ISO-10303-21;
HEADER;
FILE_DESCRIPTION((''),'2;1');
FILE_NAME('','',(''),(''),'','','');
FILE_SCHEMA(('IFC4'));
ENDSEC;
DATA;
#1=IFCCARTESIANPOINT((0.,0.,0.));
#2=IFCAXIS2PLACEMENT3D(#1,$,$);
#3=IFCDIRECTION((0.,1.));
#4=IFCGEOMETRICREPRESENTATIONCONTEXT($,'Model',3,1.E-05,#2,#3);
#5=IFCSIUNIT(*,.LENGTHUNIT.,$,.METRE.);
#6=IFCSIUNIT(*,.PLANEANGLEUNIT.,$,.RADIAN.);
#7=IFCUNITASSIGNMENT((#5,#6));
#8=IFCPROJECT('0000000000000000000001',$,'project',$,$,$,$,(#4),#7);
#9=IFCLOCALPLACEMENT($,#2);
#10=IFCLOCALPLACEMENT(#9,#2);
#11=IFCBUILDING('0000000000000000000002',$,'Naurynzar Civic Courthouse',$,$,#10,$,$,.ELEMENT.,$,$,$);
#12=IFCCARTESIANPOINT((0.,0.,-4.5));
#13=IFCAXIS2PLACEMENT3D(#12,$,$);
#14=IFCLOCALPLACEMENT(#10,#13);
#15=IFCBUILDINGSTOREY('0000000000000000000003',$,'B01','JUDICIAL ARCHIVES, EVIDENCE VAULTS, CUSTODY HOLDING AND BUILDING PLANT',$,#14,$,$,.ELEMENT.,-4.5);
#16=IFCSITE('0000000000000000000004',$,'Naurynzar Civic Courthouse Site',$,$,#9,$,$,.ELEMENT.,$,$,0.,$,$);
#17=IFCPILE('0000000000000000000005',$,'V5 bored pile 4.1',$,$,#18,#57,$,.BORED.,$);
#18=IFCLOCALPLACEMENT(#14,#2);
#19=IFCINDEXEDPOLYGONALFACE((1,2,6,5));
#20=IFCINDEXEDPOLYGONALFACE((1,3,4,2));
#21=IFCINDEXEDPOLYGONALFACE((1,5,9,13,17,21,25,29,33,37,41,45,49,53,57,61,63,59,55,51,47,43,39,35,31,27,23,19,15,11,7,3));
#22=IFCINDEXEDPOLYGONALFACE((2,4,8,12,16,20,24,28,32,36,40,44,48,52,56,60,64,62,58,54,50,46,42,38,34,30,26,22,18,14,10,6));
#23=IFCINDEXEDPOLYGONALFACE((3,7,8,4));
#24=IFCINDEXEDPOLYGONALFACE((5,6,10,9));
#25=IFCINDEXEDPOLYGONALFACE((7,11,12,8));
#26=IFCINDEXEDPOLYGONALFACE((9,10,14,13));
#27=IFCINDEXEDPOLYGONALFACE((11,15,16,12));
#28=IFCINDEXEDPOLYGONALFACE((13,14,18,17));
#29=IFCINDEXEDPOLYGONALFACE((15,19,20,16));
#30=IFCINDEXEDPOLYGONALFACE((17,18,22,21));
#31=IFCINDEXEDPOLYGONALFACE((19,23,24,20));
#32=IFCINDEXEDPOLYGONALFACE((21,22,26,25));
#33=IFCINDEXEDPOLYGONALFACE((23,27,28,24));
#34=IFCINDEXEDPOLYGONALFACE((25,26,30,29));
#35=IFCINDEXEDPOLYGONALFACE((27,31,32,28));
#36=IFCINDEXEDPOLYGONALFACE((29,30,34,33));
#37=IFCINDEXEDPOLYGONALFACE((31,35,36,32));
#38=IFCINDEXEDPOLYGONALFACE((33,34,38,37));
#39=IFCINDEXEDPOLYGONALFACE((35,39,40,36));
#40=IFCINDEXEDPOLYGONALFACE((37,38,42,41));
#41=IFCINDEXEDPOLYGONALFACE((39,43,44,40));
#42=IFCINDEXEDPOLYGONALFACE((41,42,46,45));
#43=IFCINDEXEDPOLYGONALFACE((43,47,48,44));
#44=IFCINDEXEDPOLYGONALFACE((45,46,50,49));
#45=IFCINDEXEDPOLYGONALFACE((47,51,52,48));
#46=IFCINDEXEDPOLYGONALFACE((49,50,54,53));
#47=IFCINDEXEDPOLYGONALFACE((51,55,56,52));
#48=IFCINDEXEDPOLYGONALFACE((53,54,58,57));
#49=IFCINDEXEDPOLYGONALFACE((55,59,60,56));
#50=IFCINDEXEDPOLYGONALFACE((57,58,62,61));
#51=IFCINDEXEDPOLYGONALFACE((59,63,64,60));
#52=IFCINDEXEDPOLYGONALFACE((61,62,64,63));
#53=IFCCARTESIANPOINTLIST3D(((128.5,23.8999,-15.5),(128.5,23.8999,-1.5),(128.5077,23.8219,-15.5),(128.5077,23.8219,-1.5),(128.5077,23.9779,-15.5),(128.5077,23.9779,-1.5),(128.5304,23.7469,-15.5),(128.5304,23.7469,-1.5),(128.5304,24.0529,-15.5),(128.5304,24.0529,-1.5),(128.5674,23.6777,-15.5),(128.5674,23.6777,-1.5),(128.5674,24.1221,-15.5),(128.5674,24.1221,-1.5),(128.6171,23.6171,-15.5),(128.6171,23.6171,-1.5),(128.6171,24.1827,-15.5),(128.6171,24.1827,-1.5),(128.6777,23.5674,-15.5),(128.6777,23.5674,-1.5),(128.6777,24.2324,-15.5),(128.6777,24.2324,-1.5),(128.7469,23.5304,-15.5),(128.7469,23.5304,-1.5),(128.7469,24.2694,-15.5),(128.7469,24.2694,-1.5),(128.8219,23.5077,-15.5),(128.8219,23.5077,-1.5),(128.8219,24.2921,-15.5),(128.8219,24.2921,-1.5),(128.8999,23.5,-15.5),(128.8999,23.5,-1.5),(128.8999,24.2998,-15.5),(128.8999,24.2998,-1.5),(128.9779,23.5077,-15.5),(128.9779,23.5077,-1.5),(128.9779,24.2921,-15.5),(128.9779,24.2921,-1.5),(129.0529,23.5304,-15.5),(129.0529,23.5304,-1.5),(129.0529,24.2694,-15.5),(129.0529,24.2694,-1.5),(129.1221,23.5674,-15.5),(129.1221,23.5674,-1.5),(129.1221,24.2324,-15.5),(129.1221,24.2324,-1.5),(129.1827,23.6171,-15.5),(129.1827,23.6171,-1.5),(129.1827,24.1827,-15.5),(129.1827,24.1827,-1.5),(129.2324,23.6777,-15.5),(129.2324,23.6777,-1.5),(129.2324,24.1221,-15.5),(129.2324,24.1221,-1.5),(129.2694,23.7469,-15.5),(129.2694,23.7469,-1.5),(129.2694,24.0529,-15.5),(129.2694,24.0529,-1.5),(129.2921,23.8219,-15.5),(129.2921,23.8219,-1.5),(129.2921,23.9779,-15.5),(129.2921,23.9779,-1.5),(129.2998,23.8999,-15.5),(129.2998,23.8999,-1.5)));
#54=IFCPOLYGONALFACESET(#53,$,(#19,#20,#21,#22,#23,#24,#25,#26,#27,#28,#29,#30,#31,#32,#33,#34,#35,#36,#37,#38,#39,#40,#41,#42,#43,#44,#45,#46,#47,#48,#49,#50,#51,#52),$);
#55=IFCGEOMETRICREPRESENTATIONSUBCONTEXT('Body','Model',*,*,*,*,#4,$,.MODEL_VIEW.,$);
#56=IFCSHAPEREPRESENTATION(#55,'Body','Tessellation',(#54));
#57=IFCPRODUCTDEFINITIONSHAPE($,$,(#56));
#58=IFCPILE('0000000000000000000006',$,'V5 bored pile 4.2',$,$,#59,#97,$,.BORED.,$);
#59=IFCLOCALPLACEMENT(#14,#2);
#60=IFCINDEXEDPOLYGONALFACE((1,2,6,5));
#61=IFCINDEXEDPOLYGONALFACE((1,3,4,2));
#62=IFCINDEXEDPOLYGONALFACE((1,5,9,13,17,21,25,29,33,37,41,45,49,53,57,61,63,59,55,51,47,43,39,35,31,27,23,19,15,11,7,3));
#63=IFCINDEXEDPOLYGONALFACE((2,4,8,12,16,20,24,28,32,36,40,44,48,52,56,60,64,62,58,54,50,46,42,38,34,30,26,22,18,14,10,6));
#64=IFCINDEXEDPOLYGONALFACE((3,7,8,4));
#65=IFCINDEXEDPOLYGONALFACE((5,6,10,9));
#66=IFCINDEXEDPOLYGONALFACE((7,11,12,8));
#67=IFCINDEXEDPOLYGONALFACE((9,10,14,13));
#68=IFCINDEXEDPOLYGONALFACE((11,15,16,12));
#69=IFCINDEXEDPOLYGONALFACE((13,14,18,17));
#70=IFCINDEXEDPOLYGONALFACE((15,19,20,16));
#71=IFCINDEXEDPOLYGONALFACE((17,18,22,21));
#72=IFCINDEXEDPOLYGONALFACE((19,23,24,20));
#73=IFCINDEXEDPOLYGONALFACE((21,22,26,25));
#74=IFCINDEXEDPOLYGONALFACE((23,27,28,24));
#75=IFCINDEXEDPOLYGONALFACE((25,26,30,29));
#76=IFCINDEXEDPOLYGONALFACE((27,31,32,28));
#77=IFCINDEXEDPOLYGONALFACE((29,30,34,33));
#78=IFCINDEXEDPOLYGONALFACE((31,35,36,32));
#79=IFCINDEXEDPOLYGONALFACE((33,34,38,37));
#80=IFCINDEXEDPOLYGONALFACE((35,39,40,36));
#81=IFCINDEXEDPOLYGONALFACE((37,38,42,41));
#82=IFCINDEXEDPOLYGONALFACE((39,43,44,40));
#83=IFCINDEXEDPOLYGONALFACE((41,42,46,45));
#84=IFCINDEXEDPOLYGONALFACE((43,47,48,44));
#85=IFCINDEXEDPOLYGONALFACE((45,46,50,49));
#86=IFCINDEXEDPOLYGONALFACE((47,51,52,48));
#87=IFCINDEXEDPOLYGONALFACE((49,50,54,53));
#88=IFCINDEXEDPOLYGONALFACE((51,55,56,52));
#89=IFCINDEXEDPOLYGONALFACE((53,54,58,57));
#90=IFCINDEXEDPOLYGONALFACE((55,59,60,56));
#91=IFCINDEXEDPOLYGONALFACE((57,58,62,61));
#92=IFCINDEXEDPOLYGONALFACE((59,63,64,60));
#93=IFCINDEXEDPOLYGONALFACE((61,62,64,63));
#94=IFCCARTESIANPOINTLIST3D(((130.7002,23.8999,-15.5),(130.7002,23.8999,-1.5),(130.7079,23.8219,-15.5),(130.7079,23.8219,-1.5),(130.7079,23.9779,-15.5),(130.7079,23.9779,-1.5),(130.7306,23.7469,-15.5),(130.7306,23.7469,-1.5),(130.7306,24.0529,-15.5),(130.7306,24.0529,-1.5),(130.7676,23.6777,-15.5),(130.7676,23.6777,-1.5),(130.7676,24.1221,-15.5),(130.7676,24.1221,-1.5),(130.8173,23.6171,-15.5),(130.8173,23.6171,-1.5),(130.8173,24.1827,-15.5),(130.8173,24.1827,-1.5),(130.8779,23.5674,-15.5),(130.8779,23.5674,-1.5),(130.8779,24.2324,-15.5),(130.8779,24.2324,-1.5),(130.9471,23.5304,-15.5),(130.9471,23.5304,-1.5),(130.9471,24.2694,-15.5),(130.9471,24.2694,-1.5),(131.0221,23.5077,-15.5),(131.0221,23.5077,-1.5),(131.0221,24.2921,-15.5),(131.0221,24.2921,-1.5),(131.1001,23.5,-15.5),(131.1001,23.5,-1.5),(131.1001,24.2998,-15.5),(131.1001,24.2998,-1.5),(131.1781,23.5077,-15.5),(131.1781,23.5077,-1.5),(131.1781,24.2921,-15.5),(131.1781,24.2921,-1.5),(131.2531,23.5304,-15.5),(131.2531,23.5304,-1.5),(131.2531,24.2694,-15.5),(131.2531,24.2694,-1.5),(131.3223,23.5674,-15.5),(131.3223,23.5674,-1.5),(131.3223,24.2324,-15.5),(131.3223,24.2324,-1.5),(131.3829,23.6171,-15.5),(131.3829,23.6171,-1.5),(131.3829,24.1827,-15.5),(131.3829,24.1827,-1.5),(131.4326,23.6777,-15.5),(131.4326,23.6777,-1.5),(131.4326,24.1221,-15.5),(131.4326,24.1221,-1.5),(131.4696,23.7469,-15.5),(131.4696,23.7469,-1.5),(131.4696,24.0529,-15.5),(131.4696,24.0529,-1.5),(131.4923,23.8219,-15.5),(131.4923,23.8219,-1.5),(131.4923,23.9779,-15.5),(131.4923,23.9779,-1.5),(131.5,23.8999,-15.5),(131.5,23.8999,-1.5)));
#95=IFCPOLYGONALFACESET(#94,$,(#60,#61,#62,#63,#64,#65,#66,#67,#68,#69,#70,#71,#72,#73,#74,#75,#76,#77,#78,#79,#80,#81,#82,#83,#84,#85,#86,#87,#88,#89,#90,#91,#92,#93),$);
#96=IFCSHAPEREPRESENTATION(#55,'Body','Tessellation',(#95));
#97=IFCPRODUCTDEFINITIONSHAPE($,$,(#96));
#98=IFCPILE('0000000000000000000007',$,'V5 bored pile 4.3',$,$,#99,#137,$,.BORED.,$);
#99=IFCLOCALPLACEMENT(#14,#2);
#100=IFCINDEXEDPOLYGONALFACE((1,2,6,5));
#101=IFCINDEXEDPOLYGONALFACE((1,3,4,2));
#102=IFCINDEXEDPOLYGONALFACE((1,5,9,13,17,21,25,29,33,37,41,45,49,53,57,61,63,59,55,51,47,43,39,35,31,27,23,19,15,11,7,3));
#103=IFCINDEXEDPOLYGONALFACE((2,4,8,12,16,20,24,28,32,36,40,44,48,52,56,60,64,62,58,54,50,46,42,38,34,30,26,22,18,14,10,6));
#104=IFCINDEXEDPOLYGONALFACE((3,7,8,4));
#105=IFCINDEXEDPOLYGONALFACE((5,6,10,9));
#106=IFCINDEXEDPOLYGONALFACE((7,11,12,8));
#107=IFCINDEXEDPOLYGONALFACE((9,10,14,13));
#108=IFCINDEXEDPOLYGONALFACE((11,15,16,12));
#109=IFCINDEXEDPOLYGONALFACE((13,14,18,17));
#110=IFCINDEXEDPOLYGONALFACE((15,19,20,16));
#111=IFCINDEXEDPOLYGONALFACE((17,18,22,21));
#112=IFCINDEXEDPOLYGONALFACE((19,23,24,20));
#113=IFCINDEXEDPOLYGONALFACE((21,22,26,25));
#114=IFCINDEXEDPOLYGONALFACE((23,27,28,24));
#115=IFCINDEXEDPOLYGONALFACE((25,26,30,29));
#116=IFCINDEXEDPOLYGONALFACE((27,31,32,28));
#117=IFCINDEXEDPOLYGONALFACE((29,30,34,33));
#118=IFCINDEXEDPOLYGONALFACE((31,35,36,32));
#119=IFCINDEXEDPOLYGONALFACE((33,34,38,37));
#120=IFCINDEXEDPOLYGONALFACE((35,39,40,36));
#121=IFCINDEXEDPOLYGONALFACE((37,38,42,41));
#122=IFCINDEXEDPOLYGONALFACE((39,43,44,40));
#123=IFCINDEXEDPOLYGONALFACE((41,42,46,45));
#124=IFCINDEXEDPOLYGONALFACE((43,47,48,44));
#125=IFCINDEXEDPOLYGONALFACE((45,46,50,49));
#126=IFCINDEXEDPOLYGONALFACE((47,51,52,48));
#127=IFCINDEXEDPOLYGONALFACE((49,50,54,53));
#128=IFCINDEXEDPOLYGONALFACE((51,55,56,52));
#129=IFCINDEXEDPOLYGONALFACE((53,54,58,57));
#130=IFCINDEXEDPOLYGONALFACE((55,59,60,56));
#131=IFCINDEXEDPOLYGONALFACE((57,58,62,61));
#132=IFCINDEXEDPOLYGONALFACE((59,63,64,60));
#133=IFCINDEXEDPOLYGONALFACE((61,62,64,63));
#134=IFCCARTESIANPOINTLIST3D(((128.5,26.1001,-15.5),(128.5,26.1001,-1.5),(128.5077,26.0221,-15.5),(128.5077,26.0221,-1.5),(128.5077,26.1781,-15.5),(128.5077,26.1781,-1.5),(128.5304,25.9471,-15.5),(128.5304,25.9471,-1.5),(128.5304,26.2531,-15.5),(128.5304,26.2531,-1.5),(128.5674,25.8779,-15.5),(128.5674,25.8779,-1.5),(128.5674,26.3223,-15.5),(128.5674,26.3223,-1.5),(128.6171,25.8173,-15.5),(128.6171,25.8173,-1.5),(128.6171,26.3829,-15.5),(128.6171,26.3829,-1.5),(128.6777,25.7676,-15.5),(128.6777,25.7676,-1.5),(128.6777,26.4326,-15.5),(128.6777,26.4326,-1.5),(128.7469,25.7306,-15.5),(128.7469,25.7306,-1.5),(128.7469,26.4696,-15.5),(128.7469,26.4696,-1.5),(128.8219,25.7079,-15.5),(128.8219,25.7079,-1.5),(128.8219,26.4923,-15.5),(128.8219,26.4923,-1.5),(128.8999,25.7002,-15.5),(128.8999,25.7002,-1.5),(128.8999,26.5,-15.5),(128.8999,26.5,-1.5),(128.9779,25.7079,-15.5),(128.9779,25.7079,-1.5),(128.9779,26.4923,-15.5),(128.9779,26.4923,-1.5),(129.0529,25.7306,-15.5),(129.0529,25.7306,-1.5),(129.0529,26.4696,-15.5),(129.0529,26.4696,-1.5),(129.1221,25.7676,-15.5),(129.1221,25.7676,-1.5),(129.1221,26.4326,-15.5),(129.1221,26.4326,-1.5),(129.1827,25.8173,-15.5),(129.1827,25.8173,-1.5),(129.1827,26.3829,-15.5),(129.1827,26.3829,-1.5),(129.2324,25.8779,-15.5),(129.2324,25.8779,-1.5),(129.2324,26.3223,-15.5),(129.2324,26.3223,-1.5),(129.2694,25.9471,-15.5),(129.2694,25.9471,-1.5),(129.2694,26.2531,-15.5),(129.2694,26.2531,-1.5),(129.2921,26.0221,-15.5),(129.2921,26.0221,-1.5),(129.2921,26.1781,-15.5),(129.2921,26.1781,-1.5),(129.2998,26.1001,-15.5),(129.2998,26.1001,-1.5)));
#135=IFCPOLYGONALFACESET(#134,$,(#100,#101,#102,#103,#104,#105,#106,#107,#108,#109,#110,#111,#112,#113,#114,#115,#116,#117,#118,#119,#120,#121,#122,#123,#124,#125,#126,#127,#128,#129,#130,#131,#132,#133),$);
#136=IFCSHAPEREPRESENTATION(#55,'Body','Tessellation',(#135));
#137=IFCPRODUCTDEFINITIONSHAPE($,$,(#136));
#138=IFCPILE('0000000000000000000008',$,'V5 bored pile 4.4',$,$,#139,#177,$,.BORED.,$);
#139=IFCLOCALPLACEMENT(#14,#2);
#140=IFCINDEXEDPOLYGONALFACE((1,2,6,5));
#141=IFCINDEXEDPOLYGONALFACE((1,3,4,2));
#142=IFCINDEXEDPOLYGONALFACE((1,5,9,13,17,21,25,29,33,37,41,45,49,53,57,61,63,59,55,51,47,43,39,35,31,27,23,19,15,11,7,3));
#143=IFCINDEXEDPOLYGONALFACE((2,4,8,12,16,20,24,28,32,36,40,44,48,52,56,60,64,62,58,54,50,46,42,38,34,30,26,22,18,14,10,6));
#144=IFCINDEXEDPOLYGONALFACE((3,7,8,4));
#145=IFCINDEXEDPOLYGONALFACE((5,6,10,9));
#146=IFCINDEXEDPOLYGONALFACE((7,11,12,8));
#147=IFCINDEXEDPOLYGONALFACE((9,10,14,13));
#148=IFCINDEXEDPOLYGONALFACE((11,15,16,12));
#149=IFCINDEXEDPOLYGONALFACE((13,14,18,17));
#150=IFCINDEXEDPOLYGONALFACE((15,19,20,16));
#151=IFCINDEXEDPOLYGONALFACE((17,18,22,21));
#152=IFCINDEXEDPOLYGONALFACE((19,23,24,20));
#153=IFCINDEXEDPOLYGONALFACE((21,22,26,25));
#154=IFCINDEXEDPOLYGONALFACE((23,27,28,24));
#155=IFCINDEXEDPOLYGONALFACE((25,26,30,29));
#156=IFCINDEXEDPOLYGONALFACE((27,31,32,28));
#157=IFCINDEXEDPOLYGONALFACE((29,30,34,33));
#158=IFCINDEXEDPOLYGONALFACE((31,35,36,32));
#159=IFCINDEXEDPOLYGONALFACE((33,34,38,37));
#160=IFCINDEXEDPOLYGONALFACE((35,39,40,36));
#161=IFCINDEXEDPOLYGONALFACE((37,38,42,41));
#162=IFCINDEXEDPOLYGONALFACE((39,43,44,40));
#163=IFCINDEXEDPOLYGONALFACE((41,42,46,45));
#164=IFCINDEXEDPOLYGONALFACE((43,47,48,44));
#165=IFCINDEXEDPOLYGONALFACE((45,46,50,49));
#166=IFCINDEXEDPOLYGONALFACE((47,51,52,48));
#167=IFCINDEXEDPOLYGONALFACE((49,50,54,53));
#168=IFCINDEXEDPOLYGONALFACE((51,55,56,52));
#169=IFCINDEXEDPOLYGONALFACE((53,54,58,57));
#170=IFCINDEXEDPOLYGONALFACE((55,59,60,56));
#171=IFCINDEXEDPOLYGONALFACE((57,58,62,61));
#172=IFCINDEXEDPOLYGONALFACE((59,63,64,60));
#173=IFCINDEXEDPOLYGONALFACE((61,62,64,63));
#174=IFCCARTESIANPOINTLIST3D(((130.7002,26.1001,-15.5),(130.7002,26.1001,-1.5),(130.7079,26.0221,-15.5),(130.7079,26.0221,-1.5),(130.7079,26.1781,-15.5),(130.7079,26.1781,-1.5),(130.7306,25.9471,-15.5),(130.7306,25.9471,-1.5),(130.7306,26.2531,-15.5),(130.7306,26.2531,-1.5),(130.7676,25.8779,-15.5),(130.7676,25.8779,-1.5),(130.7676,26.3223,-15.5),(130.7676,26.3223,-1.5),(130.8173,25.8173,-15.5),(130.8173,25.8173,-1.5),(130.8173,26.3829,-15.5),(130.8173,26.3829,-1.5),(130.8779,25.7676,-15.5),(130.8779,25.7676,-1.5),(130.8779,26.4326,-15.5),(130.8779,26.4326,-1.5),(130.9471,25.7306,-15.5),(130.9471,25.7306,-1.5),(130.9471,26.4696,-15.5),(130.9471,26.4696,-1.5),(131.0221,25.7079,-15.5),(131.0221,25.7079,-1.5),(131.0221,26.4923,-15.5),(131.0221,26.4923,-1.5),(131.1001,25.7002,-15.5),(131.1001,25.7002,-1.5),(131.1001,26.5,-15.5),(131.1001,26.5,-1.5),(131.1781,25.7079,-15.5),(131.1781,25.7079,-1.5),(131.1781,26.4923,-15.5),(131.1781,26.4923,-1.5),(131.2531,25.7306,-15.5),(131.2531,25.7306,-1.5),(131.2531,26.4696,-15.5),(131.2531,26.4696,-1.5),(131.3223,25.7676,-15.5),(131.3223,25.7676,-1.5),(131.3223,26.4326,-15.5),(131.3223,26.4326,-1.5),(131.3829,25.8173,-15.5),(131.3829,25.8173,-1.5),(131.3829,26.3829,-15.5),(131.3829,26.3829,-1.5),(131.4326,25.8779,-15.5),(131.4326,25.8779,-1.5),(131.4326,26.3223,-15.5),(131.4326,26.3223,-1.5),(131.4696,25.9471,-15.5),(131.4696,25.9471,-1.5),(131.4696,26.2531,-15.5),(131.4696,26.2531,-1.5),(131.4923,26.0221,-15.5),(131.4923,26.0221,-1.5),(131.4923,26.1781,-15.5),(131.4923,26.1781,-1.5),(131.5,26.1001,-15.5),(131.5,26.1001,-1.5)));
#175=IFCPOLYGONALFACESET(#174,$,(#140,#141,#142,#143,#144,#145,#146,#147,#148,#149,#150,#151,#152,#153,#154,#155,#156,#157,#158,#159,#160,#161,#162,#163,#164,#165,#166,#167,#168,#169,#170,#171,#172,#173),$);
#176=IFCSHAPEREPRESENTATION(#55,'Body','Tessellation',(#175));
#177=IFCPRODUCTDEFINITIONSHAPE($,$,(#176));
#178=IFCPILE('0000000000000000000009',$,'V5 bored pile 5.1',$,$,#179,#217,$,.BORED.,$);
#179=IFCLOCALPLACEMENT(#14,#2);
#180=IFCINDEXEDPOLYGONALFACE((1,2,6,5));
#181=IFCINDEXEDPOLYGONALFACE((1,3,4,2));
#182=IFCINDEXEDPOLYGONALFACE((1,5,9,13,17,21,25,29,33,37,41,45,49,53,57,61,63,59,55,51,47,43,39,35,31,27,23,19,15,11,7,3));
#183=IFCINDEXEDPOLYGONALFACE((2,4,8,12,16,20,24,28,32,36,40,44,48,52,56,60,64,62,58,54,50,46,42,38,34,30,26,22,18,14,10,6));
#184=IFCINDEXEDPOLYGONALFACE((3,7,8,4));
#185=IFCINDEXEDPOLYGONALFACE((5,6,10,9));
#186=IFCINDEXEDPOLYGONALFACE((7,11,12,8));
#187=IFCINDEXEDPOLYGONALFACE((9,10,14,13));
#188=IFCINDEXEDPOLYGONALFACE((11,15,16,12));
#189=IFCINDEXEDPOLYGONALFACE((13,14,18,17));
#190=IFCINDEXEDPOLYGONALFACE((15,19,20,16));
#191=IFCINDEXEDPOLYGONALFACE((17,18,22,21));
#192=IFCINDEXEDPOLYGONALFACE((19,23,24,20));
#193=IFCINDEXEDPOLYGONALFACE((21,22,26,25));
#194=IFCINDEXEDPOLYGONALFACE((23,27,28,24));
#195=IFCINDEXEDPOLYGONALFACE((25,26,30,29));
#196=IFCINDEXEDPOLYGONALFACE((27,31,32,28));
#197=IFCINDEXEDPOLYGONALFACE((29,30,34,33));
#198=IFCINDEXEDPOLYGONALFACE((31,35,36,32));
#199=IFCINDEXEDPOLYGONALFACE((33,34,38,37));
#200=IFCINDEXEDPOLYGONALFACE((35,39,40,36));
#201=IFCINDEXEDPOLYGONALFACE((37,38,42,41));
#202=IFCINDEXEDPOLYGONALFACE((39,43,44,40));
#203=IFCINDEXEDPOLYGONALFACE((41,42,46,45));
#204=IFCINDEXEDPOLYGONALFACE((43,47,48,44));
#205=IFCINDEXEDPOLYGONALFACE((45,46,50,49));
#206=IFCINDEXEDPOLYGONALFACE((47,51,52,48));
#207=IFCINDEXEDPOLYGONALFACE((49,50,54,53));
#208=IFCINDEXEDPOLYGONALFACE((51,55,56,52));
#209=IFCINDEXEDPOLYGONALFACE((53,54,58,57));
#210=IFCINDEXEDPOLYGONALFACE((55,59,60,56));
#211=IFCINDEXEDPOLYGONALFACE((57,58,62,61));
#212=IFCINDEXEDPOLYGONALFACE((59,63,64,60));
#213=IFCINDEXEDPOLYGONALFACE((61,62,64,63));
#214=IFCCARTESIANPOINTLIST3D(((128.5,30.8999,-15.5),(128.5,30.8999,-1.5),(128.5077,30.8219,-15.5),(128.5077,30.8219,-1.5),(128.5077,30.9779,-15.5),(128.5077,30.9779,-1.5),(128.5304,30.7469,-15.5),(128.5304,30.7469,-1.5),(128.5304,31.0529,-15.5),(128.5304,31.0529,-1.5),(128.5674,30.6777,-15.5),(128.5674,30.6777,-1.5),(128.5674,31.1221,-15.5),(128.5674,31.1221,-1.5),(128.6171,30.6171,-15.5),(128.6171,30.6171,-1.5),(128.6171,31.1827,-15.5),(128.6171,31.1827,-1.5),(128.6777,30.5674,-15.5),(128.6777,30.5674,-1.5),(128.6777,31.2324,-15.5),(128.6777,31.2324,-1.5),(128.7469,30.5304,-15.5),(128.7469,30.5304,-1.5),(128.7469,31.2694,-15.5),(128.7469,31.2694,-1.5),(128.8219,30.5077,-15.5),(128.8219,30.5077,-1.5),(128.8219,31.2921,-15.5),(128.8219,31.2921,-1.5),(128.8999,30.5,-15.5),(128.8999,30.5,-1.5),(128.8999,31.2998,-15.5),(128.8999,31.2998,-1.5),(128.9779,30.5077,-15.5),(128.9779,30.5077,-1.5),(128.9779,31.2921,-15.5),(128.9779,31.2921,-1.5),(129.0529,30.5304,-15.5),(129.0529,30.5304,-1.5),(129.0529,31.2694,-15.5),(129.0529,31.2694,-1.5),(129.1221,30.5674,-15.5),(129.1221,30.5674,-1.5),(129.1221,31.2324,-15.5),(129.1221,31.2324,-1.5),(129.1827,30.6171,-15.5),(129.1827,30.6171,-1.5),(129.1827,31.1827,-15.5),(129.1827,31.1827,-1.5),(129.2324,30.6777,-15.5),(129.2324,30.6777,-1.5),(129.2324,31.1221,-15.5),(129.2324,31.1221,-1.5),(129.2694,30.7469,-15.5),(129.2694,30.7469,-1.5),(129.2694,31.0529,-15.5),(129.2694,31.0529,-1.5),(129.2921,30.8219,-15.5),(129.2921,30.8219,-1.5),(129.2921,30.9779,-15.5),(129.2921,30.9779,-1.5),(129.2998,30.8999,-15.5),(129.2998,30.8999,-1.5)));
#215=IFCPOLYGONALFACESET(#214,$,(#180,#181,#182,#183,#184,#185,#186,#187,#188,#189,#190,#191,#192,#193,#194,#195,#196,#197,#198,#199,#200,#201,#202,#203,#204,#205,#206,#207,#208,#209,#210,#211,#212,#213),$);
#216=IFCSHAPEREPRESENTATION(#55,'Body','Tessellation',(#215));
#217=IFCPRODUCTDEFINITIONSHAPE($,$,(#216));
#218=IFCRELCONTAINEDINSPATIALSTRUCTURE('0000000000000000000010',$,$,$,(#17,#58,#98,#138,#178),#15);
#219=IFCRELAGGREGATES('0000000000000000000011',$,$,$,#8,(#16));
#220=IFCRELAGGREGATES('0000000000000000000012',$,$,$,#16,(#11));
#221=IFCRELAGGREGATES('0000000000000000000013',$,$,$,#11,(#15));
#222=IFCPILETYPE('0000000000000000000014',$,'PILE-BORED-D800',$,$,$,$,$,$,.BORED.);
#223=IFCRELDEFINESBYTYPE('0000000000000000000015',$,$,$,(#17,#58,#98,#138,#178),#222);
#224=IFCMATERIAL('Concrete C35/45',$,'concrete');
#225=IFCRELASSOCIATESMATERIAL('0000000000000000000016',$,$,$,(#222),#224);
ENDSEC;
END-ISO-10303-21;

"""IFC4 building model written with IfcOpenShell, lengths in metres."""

from ifc_helpers import new_model, si_unit, direction, frame, origin, origin_2d, place, context, subcontext, project, spatial, circle, extrude, material, material_profile, profile_set, type_object, element, save


model = new_model("IFC4")

# Units and contexts
model_context = context("Model", 3, precision=1e-05, world=origin(), true_north=direction((0.0, 1.0)))
body_context = subcontext(model_context, "Body", "Model", "MODEL_VIEW")
ifc_project = project(units=[si_unit("LENGTHUNIT", "METRE"), si_unit("PLANEANGLEUNIT", "RADIAN")], contexts=[model_context])

# Site, building, storey
site_placement = place(None, origin())
site = spatial("IfcSite", under=ifc_project, at=site_placement, Name="Naurynzar Civic Courthouse Site", CompositionType="ELEMENT", RefElevation=0.0)
building_placement = place(site_placement, origin())
building = spatial("IfcBuilding", under=site, at=building_placement, Name="Naurynzar Civic Courthouse", CompositionType="ELEMENT")
storey_placement = place(building_placement, frame((0.0, 0.0, -4.5)))
storey = spatial("IfcBuildingStorey", under=building, at=storey_placement, Name="B01", Description="JUDICIAL ARCHIVES, EVIDENCE VAULTS, CUSTODY HOLDING AND BUILDING PLANT", CompositionType="ELEMENT", Elevation=-4.5)

# Piles
ifc_material_1 = material(Name="Concrete C35/45", Category="concrete")
ifc_material_profile_1 = material_profile(ifc_material_1, circle(Radius=0.3999, at=origin_2d()), Name="PILE D800")
ifc_profile_set_1 = profile_set([ifc_material_profile_1], Name="Concrete C35/45")
pile_type = type_object("IfcPileType", Name="PILE-BORED-D800", PredefinedType="BORED", material=ifc_profile_set_1)
for number, where, z_axis, x_axis, name in (
    (1, (128.8999, 23.8999, -1.5), (0.0, 0.0, -1.0), (1.0, 0.0, 0.0), "V5 bored pile 4.1"),
    (2, (131.1001, 23.8999, -1.5), (0.0, 0.0, -1.0), (1.0, 0.0, 0.0), "V5 bored pile 4.2"),
    (3, (128.8999, 26.1001, -1.5), (0.0, 0.0, -1.0), (1.0, 0.0, 0.0), "V5 bored pile 4.3"),
    (4, (131.1001, 26.1001, -1.5), (0.0, 0.0, -1.0), (1.0, 0.0, 0.0), "V5 bored pile 4.4"),
    (5, (128.8999, 30.8999, -1.5), (0.0, 0.0, -1.0), (1.0, 0.0, 0.0), "V5 bored pile 5.1"),
):
    element("IfcPile", number, at=place(storey_placement, frame(where, z_axis=z_axis, x_axis=x_axis)), inside=storey, type_object=pile_type, Name=name, PredefinedType="BORED", context=body_context, shape_type="SweptSolid", body=[
        extrude(circle(Radius=0.3999, at=origin_2d()), origin(), (0.0, 0.0, 1.0), 14.0),
    ])

save(model, "model.ifc")
